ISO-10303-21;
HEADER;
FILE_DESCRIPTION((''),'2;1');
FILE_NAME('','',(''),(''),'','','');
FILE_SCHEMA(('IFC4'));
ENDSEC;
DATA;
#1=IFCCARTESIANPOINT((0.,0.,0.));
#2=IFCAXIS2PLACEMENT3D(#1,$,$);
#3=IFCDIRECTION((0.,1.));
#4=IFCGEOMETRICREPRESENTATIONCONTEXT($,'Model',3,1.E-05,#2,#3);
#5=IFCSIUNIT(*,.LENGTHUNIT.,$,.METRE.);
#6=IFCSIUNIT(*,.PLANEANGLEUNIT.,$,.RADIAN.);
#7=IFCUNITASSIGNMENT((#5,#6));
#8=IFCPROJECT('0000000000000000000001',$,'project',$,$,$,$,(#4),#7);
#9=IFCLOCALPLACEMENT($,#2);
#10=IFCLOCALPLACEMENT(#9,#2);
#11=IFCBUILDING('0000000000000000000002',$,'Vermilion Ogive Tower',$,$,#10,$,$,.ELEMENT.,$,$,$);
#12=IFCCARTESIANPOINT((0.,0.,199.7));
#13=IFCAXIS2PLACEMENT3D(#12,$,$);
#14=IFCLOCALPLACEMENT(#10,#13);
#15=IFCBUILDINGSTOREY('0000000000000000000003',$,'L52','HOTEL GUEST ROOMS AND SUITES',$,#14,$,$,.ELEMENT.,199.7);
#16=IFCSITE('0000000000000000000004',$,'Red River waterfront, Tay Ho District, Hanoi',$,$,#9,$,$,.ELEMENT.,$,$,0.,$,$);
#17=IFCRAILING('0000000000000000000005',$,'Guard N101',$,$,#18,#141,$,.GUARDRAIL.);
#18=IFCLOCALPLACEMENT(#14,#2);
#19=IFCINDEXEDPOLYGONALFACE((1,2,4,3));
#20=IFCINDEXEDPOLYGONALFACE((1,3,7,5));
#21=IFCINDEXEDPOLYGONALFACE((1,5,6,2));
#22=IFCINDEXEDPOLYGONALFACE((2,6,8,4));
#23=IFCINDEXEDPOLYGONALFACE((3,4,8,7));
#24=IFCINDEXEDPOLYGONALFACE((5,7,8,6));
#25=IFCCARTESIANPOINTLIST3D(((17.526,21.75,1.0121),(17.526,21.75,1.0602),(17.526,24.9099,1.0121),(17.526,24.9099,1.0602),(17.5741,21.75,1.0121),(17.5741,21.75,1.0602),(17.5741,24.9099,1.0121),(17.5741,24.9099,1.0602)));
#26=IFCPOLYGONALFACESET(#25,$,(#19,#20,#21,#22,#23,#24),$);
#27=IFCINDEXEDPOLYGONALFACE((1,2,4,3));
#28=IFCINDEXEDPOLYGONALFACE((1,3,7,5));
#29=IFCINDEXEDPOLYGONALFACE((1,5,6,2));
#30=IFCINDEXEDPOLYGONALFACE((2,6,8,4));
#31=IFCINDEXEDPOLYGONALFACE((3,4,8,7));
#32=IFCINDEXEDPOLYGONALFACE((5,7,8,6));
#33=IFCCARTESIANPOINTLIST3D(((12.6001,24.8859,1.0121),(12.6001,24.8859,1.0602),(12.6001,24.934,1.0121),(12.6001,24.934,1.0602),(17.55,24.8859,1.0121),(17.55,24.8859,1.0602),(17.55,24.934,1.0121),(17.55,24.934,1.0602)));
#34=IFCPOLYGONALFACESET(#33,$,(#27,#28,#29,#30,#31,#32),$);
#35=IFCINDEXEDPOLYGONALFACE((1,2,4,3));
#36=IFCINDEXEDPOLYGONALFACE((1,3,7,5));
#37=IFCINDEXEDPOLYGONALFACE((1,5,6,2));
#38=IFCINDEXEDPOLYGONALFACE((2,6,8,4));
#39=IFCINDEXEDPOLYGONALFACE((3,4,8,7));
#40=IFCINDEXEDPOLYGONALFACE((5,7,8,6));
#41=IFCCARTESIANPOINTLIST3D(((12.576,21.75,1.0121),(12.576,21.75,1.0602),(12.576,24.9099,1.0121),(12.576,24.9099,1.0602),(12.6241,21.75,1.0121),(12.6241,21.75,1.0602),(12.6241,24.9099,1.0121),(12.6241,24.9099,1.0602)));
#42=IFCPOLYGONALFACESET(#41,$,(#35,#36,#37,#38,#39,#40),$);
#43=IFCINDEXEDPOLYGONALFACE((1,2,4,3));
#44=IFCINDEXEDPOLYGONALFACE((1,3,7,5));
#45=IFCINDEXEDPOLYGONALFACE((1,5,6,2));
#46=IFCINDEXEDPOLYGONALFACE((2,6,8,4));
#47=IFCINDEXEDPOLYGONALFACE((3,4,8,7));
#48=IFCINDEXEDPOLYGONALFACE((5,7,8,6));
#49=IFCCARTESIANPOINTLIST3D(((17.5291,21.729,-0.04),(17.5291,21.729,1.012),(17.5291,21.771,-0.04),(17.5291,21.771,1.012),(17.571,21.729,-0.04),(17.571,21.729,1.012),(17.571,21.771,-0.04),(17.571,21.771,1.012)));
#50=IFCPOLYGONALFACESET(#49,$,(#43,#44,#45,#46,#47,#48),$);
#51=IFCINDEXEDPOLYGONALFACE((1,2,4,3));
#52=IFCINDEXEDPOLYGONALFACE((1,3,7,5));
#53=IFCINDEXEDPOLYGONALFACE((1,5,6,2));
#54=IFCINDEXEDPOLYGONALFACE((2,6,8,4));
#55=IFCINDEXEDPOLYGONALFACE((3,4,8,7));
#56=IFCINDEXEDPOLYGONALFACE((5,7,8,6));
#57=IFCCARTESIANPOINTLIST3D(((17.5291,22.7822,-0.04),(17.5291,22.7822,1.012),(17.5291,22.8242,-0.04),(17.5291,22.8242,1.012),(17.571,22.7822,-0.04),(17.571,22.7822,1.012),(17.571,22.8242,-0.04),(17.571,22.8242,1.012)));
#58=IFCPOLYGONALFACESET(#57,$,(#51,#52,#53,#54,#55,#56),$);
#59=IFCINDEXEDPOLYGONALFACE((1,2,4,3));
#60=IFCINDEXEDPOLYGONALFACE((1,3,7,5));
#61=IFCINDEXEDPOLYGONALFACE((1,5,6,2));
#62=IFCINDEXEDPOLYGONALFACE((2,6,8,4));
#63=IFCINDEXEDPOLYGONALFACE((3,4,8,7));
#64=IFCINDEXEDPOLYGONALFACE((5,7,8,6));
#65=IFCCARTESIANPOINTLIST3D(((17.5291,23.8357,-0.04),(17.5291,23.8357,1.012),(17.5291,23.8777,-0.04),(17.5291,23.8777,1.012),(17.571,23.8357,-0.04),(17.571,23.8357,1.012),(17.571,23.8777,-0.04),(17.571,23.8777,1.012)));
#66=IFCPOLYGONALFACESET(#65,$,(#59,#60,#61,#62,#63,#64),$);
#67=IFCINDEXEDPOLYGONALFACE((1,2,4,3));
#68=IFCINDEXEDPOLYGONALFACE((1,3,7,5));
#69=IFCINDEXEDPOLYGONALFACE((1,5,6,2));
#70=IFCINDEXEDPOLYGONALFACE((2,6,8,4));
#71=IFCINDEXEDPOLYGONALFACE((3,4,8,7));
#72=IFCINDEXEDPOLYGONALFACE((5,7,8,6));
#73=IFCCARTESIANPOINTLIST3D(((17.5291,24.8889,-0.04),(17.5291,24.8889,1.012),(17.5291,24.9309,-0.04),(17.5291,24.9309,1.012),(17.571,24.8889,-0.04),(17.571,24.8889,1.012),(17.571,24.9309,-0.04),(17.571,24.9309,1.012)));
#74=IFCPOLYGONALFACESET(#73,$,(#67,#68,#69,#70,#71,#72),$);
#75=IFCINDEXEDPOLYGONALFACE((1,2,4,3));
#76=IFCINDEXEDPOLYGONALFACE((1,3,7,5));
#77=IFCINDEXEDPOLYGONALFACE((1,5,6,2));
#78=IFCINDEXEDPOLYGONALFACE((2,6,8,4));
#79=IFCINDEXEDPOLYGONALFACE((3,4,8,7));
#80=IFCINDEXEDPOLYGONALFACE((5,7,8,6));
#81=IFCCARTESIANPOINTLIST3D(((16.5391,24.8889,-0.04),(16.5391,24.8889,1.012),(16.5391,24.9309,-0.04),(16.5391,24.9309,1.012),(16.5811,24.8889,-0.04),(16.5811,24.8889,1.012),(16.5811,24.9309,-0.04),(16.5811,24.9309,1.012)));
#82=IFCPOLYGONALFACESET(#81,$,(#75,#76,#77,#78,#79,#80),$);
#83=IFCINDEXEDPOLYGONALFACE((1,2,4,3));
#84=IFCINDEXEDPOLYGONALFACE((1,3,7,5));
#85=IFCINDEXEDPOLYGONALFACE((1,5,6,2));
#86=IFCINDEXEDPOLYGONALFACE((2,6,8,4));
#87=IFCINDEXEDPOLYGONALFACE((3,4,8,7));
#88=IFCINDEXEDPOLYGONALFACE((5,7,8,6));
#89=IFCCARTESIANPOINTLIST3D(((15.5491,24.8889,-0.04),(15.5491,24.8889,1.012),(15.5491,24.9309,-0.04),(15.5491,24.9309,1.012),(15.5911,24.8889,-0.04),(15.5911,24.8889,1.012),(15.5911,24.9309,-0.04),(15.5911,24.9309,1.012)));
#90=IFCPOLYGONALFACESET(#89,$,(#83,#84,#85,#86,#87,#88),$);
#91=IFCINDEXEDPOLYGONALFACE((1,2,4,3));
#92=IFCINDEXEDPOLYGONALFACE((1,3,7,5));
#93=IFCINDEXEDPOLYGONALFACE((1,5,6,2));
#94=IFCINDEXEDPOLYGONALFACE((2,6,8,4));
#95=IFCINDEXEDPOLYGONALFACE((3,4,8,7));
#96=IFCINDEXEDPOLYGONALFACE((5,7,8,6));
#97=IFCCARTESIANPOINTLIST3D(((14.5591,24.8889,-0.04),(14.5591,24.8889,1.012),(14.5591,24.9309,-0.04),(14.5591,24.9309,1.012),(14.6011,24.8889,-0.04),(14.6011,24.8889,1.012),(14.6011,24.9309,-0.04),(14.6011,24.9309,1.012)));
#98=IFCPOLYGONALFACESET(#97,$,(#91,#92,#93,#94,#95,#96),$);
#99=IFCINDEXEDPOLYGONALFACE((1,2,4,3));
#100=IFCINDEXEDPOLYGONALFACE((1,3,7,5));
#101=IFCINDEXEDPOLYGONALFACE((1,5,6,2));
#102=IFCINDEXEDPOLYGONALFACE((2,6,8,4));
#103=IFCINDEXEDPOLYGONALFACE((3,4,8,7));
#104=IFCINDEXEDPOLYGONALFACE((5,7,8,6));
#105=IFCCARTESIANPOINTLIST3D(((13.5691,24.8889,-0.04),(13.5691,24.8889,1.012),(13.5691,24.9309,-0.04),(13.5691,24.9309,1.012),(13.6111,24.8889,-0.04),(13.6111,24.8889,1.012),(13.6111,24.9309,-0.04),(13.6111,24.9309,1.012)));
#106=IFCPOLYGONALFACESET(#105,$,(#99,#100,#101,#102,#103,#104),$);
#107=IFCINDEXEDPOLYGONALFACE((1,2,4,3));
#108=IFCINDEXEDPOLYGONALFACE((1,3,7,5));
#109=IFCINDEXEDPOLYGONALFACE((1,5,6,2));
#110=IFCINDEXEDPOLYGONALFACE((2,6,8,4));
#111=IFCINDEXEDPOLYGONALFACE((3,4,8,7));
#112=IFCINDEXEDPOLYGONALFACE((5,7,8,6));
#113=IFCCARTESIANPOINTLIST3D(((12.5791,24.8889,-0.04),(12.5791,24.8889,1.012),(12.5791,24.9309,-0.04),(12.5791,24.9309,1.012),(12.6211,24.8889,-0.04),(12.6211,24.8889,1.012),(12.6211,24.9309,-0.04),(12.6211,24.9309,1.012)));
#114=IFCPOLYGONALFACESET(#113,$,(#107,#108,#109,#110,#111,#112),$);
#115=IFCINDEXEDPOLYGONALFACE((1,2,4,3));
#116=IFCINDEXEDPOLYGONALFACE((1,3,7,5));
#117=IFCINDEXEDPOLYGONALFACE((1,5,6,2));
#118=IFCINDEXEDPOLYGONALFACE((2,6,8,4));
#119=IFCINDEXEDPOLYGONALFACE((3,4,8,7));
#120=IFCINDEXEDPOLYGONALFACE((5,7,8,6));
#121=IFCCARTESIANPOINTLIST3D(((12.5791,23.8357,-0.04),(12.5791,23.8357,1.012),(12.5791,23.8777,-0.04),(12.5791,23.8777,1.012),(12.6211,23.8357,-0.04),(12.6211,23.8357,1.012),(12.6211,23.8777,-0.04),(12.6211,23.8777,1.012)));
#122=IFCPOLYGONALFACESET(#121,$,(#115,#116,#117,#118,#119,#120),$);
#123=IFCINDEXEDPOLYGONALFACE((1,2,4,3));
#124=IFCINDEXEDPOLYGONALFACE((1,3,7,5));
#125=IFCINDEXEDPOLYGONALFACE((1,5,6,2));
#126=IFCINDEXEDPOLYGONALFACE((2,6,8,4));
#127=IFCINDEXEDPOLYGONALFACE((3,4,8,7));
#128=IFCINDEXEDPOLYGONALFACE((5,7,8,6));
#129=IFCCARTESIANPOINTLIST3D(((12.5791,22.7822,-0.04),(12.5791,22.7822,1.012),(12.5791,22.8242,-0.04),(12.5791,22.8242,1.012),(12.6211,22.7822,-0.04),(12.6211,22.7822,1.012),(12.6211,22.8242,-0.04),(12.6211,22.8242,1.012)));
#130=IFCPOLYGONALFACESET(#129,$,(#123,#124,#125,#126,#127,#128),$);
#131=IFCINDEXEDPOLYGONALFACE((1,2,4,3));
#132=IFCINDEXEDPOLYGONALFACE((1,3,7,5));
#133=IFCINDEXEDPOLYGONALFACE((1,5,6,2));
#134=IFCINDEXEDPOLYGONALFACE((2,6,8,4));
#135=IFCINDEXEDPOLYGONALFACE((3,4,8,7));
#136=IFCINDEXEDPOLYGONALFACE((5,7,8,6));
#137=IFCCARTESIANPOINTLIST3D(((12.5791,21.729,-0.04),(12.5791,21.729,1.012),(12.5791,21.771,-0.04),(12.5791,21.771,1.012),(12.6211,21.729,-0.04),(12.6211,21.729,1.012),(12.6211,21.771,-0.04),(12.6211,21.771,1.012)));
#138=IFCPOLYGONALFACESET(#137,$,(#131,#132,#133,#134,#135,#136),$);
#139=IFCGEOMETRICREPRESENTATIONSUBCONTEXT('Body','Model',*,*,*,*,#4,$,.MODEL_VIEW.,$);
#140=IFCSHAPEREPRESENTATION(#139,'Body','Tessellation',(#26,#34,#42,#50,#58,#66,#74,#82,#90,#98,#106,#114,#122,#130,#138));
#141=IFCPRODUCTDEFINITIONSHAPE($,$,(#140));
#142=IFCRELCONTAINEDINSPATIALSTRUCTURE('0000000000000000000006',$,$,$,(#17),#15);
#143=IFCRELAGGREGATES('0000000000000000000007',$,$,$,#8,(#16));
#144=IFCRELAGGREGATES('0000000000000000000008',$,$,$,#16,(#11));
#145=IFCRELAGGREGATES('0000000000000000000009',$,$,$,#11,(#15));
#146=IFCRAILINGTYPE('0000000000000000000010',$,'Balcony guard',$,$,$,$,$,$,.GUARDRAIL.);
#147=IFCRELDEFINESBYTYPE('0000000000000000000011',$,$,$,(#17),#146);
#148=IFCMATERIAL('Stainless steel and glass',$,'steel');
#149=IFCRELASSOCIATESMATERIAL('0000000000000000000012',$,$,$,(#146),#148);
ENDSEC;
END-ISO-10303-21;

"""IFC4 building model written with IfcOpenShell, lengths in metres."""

from ifc_helpers import new_model, si_unit, direction, frame, origin, origin_2d, place, context, subcontext, project, spatial, rectangle, extrude, material, type_object, element, save


model = new_model("IFC4")

# Units and contexts
model_context = context("Model", 3, precision=1e-05, world=origin(), true_north=direction((0.0, 1.0)))
body_context = subcontext(model_context, "Body", "Model", "MODEL_VIEW")
ifc_project = project(units=[si_unit("LENGTHUNIT", "METRE"), si_unit("PLANEANGLEUNIT", "RADIAN")], contexts=[model_context])

# Site, building, storey
site_placement = place(None, origin())
site = spatial("IfcSite", under=ifc_project, at=site_placement, Name="Red River waterfront, Tay Ho District, Hanoi", CompositionType="ELEMENT", RefElevation=0.0)
building_placement = place(site_placement, origin())
building = spatial("IfcBuilding", under=site, at=building_placement, Name="Vermilion Ogive Tower", CompositionType="ELEMENT")
storey_placement = place(building_placement, frame((0.0, 0.0, 199.7)))
storey = spatial("IfcBuildingStorey", under=building, at=storey_placement, Name="L52", Description="HOTEL GUEST ROOMS AND SUITES", CompositionType="ELEMENT", Elevation=199.7)

# Railing
ifc_material_1 = material(Name="Stainless steel and glass", Category="steel")
railing_type_1 = type_object("IfcRailingType", Name="Balcony guard", PredefinedType="GUARDRAIL", material=ifc_material_1)
railing_1_placement = place(storey_placement, frame((17.55, 21.75, -0.04)))
element("IfcRailing", 1, at=railing_1_placement, inside=storey, type_object=railing_type_1, Name="Guard N101", PredefinedType="GUARDRAIL", context=body_context, shape_type="SweptSolid", body=[
    extrude(rectangle(XDim=0.0481, YDim=0.0481, at=origin_2d()), frame((0.0, 0.0, 1.0762), z_axis=(0.0, 1.0, 0.0), x_axis=(-1.0, 0.0, 0.0)), (0.0, 0.0, 1.0), 3.1599),
    extrude(rectangle(XDim=0.0481, YDim=0.0481, at=origin_2d()), frame((0.0, 3.1599, 1.0762), z_axis=(-1.0, 0.0, 0.0), x_axis=(0.0, -1.0, 0.0)), (0.0, 0.0, 1.0), 4.95),
    extrude(rectangle(XDim=0.0481, YDim=0.0481, at=origin_2d()), frame((-4.95, 3.1599, 1.0762), z_axis=(0.0, -1.0, 0.0), x_axis=(1.0, 0.0, 0.0)), (0.0, 0.0, 1.0), 3.1599),
    extrude(rectangle(XDim=0.042, YDim=0.042, at=origin_2d()), origin(), (0.0, 0.0, 1.0), 1.052),
    extrude(rectangle(XDim=0.042, YDim=0.042, at=origin_2d()), frame((0.0, 1.0532, 0.0)), (0.0, 0.0, 1.0), 1.052),
    extrude(rectangle(XDim=0.042, YDim=0.042, at=origin_2d()), frame((0.0, 2.1067, 0.0)), (0.0, 0.0, 1.0), 1.052),
    extrude(rectangle(XDim=0.042, YDim=0.042, at=origin_2d()), frame((0.0, 3.1599, 0.0)), (0.0, 0.0, 1.0), 1.052),
    extrude(rectangle(XDim=0.042, YDim=0.042, at=origin_2d()), frame((-0.99, 3.1599, 0.0)), (0.0, 0.0, 1.0), 1.052),
    extrude(rectangle(XDim=0.042, YDim=0.042, at=origin_2d()), frame((-1.98, 3.1599, 0.0)), (0.0, 0.0, 1.0), 1.052),
    extrude(rectangle(XDim=0.042, YDim=0.042, at=origin_2d()), frame((-2.97, 3.1599, 0.0)), (0.0, 0.0, 1.0), 1.052),
    extrude(rectangle(XDim=0.042, YDim=0.042, at=origin_2d()), frame((-3.96, 3.1599, 0.0)), (0.0, 0.0, 1.0), 1.052),
    extrude(rectangle(XDim=0.042, YDim=0.042, at=origin_2d()), frame((-4.95, 3.1599, 0.0)), (0.0, 0.0, 1.0), 1.052),
    extrude(rectangle(XDim=0.042, YDim=0.042, at=origin_2d()), frame((-4.95, 2.1067, 0.0)), (0.0, 0.0, 1.0), 1.052),
    extrude(rectangle(XDim=0.042, YDim=0.042, at=origin_2d()), frame((-4.95, 1.0532, 0.0)), (0.0, 0.0, 1.0), 1.052),
    extrude(rectangle(XDim=0.042, YDim=0.042, at=origin_2d()), frame((-4.95, 0.0, 0.0)), (0.0, 0.0, 1.0), 1.052),
])

save(model, "model.ifc")
